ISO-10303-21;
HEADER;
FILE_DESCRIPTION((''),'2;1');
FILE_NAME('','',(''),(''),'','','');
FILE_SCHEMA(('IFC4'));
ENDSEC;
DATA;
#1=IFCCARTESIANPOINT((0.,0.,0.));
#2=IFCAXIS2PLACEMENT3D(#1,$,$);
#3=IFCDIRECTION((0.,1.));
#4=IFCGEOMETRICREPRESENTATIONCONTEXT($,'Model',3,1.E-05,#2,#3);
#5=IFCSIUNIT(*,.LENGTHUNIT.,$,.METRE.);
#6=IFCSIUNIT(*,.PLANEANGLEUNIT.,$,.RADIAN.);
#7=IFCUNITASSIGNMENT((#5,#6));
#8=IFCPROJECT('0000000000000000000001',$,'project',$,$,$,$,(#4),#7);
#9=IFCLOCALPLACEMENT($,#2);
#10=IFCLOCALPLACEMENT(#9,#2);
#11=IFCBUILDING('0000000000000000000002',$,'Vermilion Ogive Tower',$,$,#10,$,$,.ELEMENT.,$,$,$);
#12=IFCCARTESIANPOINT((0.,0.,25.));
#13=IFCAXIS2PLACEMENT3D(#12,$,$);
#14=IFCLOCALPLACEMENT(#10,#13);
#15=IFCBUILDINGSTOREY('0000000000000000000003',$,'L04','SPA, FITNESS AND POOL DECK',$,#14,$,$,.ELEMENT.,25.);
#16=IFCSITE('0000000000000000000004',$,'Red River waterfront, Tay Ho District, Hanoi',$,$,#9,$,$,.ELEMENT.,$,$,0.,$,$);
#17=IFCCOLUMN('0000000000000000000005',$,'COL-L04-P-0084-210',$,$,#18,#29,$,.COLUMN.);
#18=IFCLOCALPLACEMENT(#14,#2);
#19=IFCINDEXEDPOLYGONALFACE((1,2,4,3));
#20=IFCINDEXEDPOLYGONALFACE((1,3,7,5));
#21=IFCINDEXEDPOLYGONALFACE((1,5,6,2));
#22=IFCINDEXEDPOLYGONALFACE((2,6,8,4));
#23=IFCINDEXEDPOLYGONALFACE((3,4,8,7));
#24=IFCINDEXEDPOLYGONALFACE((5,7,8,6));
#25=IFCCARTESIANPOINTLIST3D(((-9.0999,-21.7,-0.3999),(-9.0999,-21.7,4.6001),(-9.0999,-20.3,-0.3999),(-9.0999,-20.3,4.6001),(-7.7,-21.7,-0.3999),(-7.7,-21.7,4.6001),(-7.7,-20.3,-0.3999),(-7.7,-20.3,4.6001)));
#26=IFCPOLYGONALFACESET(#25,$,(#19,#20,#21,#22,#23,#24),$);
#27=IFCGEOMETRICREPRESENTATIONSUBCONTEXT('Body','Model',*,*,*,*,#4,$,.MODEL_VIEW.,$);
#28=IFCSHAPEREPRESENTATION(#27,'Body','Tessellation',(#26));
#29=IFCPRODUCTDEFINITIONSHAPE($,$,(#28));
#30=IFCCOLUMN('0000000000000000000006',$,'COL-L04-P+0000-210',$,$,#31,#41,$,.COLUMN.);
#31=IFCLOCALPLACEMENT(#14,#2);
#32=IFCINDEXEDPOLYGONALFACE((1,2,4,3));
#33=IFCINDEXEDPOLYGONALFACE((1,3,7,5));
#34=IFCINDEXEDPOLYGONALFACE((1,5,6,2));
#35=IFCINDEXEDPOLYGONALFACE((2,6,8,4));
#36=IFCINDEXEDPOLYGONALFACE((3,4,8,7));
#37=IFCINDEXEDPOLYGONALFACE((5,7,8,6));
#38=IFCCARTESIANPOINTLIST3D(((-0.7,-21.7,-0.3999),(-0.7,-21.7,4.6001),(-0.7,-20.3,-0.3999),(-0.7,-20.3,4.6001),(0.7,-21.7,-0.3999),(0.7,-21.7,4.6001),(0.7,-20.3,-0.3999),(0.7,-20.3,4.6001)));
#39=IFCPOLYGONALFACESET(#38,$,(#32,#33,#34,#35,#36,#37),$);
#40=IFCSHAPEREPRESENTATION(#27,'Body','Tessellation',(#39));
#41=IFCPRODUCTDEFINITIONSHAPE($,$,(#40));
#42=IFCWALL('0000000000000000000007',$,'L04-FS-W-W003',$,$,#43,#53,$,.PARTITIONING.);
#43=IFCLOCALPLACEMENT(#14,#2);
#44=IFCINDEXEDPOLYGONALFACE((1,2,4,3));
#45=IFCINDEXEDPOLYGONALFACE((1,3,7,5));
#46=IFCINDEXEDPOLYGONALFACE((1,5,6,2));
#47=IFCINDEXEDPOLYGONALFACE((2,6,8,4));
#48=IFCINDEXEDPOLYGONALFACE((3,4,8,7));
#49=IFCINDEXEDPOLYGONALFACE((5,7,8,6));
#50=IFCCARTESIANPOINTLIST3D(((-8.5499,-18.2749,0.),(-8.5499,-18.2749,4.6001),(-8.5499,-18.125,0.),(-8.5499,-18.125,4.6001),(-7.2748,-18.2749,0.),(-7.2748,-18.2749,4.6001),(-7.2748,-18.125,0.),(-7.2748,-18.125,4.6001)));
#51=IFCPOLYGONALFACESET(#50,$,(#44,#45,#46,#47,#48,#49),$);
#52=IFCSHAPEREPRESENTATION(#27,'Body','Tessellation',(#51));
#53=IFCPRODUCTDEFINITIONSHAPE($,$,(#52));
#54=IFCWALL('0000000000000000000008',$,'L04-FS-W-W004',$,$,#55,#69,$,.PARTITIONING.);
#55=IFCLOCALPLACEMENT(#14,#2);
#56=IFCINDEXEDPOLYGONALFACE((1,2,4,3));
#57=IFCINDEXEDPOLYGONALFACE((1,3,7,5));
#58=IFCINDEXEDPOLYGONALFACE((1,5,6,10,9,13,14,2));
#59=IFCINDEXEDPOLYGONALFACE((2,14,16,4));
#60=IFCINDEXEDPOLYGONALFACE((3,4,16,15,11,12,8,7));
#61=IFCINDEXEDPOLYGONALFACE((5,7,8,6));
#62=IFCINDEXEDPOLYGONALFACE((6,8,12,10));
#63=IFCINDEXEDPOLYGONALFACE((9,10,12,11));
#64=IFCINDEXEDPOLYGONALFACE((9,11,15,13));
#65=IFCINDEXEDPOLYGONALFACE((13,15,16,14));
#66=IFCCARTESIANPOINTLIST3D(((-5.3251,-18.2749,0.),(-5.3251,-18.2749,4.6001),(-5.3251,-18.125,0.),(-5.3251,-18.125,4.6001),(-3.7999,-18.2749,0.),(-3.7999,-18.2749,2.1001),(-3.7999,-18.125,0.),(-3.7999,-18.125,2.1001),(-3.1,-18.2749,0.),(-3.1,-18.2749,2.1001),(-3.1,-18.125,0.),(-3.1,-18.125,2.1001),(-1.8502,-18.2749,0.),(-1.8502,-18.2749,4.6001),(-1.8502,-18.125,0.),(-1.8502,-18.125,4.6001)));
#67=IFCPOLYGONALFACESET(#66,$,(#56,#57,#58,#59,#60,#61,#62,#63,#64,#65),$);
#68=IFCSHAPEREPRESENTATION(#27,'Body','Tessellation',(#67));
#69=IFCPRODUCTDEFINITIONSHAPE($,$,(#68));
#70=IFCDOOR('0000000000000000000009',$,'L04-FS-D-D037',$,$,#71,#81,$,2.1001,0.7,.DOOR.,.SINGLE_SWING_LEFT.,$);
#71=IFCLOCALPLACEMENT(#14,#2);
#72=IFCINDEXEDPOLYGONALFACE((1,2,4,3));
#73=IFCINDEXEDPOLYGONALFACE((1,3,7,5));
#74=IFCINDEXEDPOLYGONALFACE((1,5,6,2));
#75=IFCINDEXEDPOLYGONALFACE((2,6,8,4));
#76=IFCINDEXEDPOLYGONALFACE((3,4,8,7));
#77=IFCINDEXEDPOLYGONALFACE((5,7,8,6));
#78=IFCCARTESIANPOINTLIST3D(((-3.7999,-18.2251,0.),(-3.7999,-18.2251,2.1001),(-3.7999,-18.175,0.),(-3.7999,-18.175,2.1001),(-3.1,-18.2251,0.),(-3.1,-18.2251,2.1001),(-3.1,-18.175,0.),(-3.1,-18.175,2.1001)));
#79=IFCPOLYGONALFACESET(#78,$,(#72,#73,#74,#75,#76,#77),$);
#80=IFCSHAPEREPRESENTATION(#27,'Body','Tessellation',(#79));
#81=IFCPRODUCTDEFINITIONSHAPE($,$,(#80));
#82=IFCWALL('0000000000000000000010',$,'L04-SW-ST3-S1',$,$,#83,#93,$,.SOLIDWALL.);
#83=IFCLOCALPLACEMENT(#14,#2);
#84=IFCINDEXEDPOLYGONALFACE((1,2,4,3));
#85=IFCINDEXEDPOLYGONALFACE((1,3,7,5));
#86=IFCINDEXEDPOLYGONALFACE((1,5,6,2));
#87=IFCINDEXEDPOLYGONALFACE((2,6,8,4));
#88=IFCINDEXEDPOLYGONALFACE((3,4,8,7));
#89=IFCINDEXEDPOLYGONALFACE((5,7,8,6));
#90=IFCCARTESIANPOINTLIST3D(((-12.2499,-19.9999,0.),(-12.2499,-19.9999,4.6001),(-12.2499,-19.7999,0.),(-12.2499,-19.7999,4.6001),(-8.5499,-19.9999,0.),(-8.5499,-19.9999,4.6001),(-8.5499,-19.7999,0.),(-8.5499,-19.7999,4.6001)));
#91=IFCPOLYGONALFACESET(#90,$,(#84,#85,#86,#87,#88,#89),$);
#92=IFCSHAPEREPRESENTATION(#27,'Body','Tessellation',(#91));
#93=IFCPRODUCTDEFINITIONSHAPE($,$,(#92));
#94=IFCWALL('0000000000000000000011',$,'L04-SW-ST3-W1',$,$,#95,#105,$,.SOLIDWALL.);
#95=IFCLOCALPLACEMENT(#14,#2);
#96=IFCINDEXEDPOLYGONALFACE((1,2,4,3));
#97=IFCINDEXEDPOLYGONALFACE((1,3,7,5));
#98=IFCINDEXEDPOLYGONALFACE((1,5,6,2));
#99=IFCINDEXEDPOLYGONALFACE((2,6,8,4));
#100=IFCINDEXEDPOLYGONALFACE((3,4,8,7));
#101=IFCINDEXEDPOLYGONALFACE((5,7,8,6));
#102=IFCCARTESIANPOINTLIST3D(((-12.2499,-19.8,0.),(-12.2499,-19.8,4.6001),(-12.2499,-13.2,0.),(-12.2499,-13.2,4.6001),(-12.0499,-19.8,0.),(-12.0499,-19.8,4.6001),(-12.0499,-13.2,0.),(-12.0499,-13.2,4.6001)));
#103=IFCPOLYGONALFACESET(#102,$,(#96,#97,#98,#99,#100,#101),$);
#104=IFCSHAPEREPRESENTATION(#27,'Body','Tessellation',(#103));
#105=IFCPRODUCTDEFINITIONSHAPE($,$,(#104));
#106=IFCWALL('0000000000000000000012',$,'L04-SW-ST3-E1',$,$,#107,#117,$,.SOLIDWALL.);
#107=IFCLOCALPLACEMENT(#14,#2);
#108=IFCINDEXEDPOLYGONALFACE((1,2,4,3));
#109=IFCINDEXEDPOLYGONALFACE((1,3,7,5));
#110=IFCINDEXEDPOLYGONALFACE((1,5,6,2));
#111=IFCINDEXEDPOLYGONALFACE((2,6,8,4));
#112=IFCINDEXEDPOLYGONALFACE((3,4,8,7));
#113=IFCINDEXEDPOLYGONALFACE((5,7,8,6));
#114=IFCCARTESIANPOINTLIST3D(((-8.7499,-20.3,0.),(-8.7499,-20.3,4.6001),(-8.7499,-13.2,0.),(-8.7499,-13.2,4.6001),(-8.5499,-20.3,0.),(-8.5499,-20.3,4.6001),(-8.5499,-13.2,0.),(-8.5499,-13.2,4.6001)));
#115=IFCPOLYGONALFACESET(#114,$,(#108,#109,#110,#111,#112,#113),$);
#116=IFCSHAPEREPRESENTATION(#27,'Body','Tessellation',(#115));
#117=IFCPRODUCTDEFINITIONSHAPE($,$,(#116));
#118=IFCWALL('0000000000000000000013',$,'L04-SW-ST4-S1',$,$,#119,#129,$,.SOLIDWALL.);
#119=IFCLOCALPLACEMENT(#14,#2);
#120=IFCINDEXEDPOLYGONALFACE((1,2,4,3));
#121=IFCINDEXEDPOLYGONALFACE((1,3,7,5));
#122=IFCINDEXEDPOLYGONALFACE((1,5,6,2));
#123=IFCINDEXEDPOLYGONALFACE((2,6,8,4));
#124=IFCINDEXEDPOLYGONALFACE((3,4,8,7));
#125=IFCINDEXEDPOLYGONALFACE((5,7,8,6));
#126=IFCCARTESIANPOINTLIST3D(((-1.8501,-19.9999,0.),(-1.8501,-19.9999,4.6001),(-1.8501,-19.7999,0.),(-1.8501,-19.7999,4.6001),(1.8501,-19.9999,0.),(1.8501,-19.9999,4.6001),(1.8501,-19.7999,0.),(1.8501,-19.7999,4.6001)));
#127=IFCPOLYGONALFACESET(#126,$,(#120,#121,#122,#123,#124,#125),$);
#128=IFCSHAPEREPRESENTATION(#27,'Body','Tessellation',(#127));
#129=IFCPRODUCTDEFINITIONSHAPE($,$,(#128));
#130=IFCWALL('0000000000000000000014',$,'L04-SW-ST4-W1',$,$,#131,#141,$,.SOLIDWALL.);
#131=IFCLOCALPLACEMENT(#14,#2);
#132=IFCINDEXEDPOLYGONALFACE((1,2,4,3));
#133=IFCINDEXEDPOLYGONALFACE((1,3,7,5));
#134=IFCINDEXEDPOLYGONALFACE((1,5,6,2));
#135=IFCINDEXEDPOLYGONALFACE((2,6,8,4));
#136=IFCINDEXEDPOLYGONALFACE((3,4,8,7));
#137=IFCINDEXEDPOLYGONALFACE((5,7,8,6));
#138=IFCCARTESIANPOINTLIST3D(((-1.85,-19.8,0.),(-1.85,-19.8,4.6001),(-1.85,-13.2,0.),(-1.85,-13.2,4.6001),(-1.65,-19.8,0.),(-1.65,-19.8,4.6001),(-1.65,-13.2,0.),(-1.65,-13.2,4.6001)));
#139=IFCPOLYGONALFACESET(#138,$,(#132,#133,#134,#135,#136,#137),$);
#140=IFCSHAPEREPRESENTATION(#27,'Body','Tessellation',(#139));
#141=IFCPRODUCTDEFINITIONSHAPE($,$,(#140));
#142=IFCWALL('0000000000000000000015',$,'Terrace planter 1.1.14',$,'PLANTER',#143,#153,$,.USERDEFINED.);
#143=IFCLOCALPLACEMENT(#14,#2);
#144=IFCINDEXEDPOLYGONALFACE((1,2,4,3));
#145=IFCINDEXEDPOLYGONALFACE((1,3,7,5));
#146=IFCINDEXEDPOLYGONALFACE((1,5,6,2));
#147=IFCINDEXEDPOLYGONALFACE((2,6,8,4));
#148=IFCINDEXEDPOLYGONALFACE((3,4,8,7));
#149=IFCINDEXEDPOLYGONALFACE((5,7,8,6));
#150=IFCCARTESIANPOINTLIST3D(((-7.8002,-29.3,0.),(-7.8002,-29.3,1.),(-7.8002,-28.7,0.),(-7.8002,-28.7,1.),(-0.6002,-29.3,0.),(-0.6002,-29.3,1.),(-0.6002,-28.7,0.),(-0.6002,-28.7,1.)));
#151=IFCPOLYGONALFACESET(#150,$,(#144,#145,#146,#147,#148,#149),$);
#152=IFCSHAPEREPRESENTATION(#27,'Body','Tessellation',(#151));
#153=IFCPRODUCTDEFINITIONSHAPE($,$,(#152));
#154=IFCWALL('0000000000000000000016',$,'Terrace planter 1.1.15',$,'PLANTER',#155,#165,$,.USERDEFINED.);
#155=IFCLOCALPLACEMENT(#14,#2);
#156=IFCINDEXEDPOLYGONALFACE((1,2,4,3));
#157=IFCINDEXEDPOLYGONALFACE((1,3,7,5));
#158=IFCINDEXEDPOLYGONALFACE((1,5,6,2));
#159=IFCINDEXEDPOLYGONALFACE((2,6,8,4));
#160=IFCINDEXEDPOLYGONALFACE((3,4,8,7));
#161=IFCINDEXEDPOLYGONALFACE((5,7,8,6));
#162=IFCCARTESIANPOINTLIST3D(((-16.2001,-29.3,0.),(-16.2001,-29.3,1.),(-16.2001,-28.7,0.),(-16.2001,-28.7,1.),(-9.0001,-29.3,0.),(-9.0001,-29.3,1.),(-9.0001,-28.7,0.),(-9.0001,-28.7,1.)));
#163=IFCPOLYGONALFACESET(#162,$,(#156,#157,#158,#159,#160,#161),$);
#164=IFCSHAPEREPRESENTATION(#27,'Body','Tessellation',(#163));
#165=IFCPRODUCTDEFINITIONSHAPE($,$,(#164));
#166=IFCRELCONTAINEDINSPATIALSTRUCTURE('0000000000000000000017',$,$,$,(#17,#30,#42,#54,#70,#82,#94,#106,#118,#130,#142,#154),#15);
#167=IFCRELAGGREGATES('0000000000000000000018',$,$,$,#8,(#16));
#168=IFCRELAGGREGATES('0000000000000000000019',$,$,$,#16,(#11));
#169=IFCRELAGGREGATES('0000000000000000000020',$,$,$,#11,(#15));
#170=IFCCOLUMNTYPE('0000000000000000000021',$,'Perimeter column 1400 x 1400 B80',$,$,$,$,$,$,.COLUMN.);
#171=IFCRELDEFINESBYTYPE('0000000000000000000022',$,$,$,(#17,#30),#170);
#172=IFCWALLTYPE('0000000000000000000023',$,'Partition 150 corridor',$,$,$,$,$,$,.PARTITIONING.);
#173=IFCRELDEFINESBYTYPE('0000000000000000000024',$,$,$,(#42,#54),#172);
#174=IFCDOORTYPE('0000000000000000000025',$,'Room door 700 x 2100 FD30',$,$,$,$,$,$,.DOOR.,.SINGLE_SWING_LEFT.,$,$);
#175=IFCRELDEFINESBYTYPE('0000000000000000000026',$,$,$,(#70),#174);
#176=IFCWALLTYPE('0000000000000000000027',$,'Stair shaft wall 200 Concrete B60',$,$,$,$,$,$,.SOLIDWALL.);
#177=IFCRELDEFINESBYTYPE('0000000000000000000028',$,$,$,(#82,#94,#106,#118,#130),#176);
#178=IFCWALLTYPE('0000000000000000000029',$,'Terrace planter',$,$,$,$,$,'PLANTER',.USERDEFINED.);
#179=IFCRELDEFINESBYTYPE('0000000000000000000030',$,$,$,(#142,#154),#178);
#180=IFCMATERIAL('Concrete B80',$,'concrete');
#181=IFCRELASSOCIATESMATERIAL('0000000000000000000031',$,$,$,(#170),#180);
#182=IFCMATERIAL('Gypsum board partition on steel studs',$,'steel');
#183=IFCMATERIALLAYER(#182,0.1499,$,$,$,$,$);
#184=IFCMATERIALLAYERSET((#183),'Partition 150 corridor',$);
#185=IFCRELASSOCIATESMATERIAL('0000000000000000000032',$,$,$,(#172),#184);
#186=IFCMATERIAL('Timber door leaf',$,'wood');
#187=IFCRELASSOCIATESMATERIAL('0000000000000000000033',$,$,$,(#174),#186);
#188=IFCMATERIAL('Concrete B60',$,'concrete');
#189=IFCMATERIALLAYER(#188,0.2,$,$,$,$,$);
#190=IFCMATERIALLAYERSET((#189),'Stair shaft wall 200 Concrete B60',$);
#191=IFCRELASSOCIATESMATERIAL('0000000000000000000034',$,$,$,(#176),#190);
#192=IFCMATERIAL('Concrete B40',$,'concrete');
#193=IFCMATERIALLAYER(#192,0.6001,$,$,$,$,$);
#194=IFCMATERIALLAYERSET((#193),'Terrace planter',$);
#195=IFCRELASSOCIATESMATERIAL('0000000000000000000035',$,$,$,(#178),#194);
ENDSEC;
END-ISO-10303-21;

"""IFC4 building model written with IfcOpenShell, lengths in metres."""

from ifc_helpers import new_model, si_unit, direction, frame, frame_2d, origin, origin_2d, place, context, subcontext, project, spatial, rectangle, extrude, material, layer, layer_set, material_profile, profile_set, type_object, element, fill, save


model = new_model("IFC4")

# Units and contexts
model_context = context("Model", 3, precision=1e-05, world=origin(), true_north=direction((0.0, 1.0)))
body_context = subcontext(model_context, "Body", "Model", "MODEL_VIEW")
ifc_project = project(units=[si_unit("LENGTHUNIT", "METRE"), si_unit("PLANEANGLEUNIT", "RADIAN")], contexts=[model_context])

# Site, building, storey
site_placement = place(None, origin())
site = spatial("IfcSite", under=ifc_project, at=site_placement, Name="Red River waterfront, Tay Ho District, Hanoi", CompositionType="ELEMENT", RefElevation=0.0)
building_placement = place(site_placement, origin())
building = spatial("IfcBuilding", under=site, at=building_placement, Name="Vermilion Ogive Tower", CompositionType="ELEMENT")
storey_placement = place(building_placement, frame((0.0, 0.0, 25.0)))
storey = spatial("IfcBuildingStorey", under=building, at=storey_placement, Name="L04", Description="SPA, FITNESS AND POOL DECK", CompositionType="ELEMENT", Elevation=25.0)

# Columns
ifc_material_1 = material(Name="Concrete B80", Category="concrete")
ifc_material_profile = material_profile(ifc_material_1, rectangle(XDim=1.3999, YDim=1.3999, at=origin_2d()), Name="1400 x 1400")
ifc_profile_set = profile_set([ifc_material_profile], Name="Concrete B80")
column_type = type_object("IfcColumnType", Name="Perimeter column 1400 x 1400 B80", PredefinedType="COLUMN", material=ifc_profile_set)
for number, where, z_axis, x_axis, name in (
    (1, (-8.3999, -21.0, -0.3999), (0.0, 0.0, 1.0), (1.0, 0.0, 0.0), "COL-L04-P-0084-210"),
    (2, (0.0, -21.0, -0.3999), (0.0, 0.0, 1.0), (1.0, 0.0, 0.0), "COL-L04-P+0000-210"),
):
    element("IfcColumn", number, at=place(storey_placement, frame(where, z_axis=z_axis, x_axis=x_axis)), inside=storey, type_object=column_type, Name=name, PredefinedType="COLUMN", context=body_context, shape_type="SweptSolid", body=[
        extrude(rectangle(XDim=1.3999, YDim=1.3999, at=origin_2d()), origin(), (0.0, 0.0, 1.0), 5.0),
    ])

# Wall
ifc_material_2 = material(Name="Gypsum board partition on steel studs", Category="steel")
ifc_layer_1 = layer(ifc_material_2, 0.1499)
ifc_layer_set_1 = layer_set([ifc_layer_1], Name="Partition 150 corridor")
wall_type_1 = type_object("IfcWallType", Name="Partition 150 corridor", PredefinedType="PARTITIONING", material=ifc_layer_set_1)
wall_1_placement = place(storey_placement, frame((-8.55, -18.2, 0.0), z_axis=(0.0, 0.0, 1.0), x_axis=(1.0, 0.0, 0.0)))
element("IfcWall", 3, at=wall_1_placement, inside=storey, type_object=wall_type_1, Name="L04-FS-W-W003", PredefinedType="PARTITIONING", context=body_context, shape_type="SweptSolid", body=[
    extrude(rectangle(XDim=1.2751, YDim=0.1499, at=frame_2d((0.6377, 0.0))), origin(), (0.0, 0.0, 1.0), 4.6001),
])

# Wall, opening, door
wall_2_placement = place(storey_placement, frame((-5.325, -18.2, 0.0), z_axis=(0.0, 0.0, 1.0), x_axis=(1.0, 0.0, 0.0)))
wall_2 = element("IfcWall", 4, at=wall_2_placement, inside=storey, type_object=wall_type_1, Name="L04-FS-W-W004", PredefinedType="PARTITIONING", context=body_context, shape_type="SweptSolid", body=[
    extrude(rectangle(XDim=3.4749, YDim=0.1499, at=frame_2d((1.7373, 0.0))), origin(), (0.0, 0.0, 1.0), 4.6001),
])
opening_1_placement = place(wall_2_placement, frame((1.5249, 0.0, 0.0)))
opening_1 = element("IfcOpeningElement", 5, at=opening_1_placement, cuts=wall_2, PredefinedType="OPENING", context=body_context, shape_type="SweptSolid", body=[
    extrude(rectangle(XDim=0.7, YDim=2.1001, at=frame_2d((0.3501, 1.05))), frame((0.0, 0.085, 0.0), z_axis=(0.0, -1.0, 0.0), x_axis=(1.0, 0.0, 0.0)), (0.0, 0.0, 1.0), 0.1699),
])
ifc_material_3 = material(Name="Timber door leaf", Category="wood")
door_type_1 = type_object("IfcDoorType", Name="Room door 700 x 2100 FD30", OperationType="SINGLE_SWING_LEFT", PredefinedType="DOOR", material=ifc_material_3)
door_1_placement = place(opening_1_placement, origin())
door_1 = element("IfcDoor", 6, at=door_1_placement, inside=storey, type_object=door_type_1, Name="L04-FS-D-D037", OperationType="SINGLE_SWING_LEFT", OverallHeight=2.1001, OverallWidth=0.7, PredefinedType="DOOR", context=body_context, shape_type="SweptSolid", body=[
    extrude(rectangle(XDim=0.7, YDim=2.1001, at=frame_2d((0.3501, 1.05))), frame((0.0, 0.0249, 0.0), z_axis=(0.0, -1.0, 0.0), x_axis=(1.0, 0.0, 0.0)), (0.0, 0.0, 1.0), 0.05),
])
fill(opening_1, door_1)

# Walls
ifc_material_4 = material(Name="Concrete B60", Category="concrete")
ifc_layer_2 = layer(ifc_material_4, 0.2)
ifc_layer_set_2 = layer_set([ifc_layer_2], Name="Stair shaft wall 200 Concrete B60")
wall_type_2 = type_object("IfcWallType", Name="Stair shaft wall 200 Concrete B60", PredefinedType="SOLIDWALL", material=ifc_layer_set_2)
wall_3_placement = place(storey_placement, frame((-12.25, -19.8999, 0.0), z_axis=(0.0, 0.0, 1.0), x_axis=(1.0, 0.0, 0.0)))
element("IfcWall", 7, at=wall_3_placement, inside=storey, type_object=wall_type_2, Name="L04-SW-ST3-S1", PredefinedType="SOLIDWALL", context=body_context, shape_type="SweptSolid", body=[
    extrude(rectangle(XDim=3.7, YDim=0.2, at=frame_2d((1.8501, 0.0))), origin(), (0.0, 0.0, 1.0), 4.6001),
])
wall_4_placement = place(storey_placement, frame((-12.1499, -19.8, 0.0), z_axis=(0.0, 0.0, 1.0), x_axis=(0.0, 1.0, 0.0)))
element("IfcWall", 8, at=wall_4_placement, inside=storey, type_object=wall_type_2, Name="L04-SW-ST3-W1", PredefinedType="SOLIDWALL", context=body_context, shape_type="SweptSolid", body=[
    extrude(rectangle(XDim=6.6001, YDim=0.2, at=frame_2d((3.3, 0.0))), origin(), (0.0, 0.0, 1.0), 4.6001),
])
wall_5_placement = place(storey_placement, frame((-8.6499, -20.3, 0.0), z_axis=(0.0, 0.0, 1.0), x_axis=(0.0, 1.0, 0.0)))
element("IfcWall", 9, at=wall_5_placement, inside=storey, type_object=wall_type_2, Name="L04-SW-ST3-E1", PredefinedType="SOLIDWALL", context=body_context, shape_type="SweptSolid", body=[
    extrude(rectangle(XDim=7.1001, YDim=0.2, at=frame_2d((3.55, 0.0))), origin(), (0.0, 0.0, 1.0), 4.6001),
])
wall_6_placement = place(storey_placement, frame((-1.8501, -19.8999, 0.0), z_axis=(0.0, 0.0, 1.0), x_axis=(1.0, 0.0, 0.0)))
element("IfcWall", 10, at=wall_6_placement, inside=storey, type_object=wall_type_2, Name="L04-SW-ST4-S1", PredefinedType="SOLIDWALL", context=body_context, shape_type="SweptSolid", body=[
    extrude(rectangle(XDim=3.7002, YDim=0.2, at=frame_2d((1.8501, 0.0))), origin(), (0.0, 0.0, 1.0), 4.6001),
])
wall_7_placement = place(storey_placement, frame((-1.75, -19.8, 0.0), z_axis=(0.0, 0.0, 1.0), x_axis=(0.0, 1.0, 0.0)))
element("IfcWall", 11, at=wall_7_placement, inside=storey, type_object=wall_type_2, Name="L04-SW-ST4-W1", PredefinedType="SOLIDWALL", context=body_context, shape_type="SweptSolid", body=[
    extrude(rectangle(XDim=6.6001, YDim=0.2, at=frame_2d((3.3, 0.0))), origin(), (0.0, 0.0, 1.0), 4.6001),
])
ifc_material_5 = material(Name="Concrete B40", Category="concrete")
ifc_layer_3 = layer(ifc_material_5, 0.6001)
ifc_layer_set_3 = layer_set([ifc_layer_3], Name="Terrace planter")
wall_type_3 = type_object("IfcWallType", Name="Terrace planter", ElementType="PLANTER", PredefinedType="USERDEFINED", material=ifc_layer_set_3)
for number, where, z_axis, x_axis, name in (
    (12, (-0.6001, -29.0, 0.0), (0.0, 0.0, 1.0), (-1.0, 0.0, 0.0), "Terrace planter 1.1.14"),
    (13, (-9.0, -29.0, 0.0), (0.0, 0.0, 1.0), (-1.0, 0.0, 0.0), "Terrace planter 1.1.15"),
):
    element("IfcWall", number, at=place(storey_placement, frame(where, z_axis=z_axis, x_axis=x_axis)), inside=storey, type_object=wall_type_3, Name=name, ObjectType="PLANTER", PredefinedType="USERDEFINED", context=body_context, shape_type="SweptSolid", body=[
        extrude(rectangle(XDim=7.2, YDim=0.6001, at=frame_2d((3.6001, 0.0))), origin(), (0.0, 0.0, 1.0), 1.0),
    ])

save(model, "model.ifc")
